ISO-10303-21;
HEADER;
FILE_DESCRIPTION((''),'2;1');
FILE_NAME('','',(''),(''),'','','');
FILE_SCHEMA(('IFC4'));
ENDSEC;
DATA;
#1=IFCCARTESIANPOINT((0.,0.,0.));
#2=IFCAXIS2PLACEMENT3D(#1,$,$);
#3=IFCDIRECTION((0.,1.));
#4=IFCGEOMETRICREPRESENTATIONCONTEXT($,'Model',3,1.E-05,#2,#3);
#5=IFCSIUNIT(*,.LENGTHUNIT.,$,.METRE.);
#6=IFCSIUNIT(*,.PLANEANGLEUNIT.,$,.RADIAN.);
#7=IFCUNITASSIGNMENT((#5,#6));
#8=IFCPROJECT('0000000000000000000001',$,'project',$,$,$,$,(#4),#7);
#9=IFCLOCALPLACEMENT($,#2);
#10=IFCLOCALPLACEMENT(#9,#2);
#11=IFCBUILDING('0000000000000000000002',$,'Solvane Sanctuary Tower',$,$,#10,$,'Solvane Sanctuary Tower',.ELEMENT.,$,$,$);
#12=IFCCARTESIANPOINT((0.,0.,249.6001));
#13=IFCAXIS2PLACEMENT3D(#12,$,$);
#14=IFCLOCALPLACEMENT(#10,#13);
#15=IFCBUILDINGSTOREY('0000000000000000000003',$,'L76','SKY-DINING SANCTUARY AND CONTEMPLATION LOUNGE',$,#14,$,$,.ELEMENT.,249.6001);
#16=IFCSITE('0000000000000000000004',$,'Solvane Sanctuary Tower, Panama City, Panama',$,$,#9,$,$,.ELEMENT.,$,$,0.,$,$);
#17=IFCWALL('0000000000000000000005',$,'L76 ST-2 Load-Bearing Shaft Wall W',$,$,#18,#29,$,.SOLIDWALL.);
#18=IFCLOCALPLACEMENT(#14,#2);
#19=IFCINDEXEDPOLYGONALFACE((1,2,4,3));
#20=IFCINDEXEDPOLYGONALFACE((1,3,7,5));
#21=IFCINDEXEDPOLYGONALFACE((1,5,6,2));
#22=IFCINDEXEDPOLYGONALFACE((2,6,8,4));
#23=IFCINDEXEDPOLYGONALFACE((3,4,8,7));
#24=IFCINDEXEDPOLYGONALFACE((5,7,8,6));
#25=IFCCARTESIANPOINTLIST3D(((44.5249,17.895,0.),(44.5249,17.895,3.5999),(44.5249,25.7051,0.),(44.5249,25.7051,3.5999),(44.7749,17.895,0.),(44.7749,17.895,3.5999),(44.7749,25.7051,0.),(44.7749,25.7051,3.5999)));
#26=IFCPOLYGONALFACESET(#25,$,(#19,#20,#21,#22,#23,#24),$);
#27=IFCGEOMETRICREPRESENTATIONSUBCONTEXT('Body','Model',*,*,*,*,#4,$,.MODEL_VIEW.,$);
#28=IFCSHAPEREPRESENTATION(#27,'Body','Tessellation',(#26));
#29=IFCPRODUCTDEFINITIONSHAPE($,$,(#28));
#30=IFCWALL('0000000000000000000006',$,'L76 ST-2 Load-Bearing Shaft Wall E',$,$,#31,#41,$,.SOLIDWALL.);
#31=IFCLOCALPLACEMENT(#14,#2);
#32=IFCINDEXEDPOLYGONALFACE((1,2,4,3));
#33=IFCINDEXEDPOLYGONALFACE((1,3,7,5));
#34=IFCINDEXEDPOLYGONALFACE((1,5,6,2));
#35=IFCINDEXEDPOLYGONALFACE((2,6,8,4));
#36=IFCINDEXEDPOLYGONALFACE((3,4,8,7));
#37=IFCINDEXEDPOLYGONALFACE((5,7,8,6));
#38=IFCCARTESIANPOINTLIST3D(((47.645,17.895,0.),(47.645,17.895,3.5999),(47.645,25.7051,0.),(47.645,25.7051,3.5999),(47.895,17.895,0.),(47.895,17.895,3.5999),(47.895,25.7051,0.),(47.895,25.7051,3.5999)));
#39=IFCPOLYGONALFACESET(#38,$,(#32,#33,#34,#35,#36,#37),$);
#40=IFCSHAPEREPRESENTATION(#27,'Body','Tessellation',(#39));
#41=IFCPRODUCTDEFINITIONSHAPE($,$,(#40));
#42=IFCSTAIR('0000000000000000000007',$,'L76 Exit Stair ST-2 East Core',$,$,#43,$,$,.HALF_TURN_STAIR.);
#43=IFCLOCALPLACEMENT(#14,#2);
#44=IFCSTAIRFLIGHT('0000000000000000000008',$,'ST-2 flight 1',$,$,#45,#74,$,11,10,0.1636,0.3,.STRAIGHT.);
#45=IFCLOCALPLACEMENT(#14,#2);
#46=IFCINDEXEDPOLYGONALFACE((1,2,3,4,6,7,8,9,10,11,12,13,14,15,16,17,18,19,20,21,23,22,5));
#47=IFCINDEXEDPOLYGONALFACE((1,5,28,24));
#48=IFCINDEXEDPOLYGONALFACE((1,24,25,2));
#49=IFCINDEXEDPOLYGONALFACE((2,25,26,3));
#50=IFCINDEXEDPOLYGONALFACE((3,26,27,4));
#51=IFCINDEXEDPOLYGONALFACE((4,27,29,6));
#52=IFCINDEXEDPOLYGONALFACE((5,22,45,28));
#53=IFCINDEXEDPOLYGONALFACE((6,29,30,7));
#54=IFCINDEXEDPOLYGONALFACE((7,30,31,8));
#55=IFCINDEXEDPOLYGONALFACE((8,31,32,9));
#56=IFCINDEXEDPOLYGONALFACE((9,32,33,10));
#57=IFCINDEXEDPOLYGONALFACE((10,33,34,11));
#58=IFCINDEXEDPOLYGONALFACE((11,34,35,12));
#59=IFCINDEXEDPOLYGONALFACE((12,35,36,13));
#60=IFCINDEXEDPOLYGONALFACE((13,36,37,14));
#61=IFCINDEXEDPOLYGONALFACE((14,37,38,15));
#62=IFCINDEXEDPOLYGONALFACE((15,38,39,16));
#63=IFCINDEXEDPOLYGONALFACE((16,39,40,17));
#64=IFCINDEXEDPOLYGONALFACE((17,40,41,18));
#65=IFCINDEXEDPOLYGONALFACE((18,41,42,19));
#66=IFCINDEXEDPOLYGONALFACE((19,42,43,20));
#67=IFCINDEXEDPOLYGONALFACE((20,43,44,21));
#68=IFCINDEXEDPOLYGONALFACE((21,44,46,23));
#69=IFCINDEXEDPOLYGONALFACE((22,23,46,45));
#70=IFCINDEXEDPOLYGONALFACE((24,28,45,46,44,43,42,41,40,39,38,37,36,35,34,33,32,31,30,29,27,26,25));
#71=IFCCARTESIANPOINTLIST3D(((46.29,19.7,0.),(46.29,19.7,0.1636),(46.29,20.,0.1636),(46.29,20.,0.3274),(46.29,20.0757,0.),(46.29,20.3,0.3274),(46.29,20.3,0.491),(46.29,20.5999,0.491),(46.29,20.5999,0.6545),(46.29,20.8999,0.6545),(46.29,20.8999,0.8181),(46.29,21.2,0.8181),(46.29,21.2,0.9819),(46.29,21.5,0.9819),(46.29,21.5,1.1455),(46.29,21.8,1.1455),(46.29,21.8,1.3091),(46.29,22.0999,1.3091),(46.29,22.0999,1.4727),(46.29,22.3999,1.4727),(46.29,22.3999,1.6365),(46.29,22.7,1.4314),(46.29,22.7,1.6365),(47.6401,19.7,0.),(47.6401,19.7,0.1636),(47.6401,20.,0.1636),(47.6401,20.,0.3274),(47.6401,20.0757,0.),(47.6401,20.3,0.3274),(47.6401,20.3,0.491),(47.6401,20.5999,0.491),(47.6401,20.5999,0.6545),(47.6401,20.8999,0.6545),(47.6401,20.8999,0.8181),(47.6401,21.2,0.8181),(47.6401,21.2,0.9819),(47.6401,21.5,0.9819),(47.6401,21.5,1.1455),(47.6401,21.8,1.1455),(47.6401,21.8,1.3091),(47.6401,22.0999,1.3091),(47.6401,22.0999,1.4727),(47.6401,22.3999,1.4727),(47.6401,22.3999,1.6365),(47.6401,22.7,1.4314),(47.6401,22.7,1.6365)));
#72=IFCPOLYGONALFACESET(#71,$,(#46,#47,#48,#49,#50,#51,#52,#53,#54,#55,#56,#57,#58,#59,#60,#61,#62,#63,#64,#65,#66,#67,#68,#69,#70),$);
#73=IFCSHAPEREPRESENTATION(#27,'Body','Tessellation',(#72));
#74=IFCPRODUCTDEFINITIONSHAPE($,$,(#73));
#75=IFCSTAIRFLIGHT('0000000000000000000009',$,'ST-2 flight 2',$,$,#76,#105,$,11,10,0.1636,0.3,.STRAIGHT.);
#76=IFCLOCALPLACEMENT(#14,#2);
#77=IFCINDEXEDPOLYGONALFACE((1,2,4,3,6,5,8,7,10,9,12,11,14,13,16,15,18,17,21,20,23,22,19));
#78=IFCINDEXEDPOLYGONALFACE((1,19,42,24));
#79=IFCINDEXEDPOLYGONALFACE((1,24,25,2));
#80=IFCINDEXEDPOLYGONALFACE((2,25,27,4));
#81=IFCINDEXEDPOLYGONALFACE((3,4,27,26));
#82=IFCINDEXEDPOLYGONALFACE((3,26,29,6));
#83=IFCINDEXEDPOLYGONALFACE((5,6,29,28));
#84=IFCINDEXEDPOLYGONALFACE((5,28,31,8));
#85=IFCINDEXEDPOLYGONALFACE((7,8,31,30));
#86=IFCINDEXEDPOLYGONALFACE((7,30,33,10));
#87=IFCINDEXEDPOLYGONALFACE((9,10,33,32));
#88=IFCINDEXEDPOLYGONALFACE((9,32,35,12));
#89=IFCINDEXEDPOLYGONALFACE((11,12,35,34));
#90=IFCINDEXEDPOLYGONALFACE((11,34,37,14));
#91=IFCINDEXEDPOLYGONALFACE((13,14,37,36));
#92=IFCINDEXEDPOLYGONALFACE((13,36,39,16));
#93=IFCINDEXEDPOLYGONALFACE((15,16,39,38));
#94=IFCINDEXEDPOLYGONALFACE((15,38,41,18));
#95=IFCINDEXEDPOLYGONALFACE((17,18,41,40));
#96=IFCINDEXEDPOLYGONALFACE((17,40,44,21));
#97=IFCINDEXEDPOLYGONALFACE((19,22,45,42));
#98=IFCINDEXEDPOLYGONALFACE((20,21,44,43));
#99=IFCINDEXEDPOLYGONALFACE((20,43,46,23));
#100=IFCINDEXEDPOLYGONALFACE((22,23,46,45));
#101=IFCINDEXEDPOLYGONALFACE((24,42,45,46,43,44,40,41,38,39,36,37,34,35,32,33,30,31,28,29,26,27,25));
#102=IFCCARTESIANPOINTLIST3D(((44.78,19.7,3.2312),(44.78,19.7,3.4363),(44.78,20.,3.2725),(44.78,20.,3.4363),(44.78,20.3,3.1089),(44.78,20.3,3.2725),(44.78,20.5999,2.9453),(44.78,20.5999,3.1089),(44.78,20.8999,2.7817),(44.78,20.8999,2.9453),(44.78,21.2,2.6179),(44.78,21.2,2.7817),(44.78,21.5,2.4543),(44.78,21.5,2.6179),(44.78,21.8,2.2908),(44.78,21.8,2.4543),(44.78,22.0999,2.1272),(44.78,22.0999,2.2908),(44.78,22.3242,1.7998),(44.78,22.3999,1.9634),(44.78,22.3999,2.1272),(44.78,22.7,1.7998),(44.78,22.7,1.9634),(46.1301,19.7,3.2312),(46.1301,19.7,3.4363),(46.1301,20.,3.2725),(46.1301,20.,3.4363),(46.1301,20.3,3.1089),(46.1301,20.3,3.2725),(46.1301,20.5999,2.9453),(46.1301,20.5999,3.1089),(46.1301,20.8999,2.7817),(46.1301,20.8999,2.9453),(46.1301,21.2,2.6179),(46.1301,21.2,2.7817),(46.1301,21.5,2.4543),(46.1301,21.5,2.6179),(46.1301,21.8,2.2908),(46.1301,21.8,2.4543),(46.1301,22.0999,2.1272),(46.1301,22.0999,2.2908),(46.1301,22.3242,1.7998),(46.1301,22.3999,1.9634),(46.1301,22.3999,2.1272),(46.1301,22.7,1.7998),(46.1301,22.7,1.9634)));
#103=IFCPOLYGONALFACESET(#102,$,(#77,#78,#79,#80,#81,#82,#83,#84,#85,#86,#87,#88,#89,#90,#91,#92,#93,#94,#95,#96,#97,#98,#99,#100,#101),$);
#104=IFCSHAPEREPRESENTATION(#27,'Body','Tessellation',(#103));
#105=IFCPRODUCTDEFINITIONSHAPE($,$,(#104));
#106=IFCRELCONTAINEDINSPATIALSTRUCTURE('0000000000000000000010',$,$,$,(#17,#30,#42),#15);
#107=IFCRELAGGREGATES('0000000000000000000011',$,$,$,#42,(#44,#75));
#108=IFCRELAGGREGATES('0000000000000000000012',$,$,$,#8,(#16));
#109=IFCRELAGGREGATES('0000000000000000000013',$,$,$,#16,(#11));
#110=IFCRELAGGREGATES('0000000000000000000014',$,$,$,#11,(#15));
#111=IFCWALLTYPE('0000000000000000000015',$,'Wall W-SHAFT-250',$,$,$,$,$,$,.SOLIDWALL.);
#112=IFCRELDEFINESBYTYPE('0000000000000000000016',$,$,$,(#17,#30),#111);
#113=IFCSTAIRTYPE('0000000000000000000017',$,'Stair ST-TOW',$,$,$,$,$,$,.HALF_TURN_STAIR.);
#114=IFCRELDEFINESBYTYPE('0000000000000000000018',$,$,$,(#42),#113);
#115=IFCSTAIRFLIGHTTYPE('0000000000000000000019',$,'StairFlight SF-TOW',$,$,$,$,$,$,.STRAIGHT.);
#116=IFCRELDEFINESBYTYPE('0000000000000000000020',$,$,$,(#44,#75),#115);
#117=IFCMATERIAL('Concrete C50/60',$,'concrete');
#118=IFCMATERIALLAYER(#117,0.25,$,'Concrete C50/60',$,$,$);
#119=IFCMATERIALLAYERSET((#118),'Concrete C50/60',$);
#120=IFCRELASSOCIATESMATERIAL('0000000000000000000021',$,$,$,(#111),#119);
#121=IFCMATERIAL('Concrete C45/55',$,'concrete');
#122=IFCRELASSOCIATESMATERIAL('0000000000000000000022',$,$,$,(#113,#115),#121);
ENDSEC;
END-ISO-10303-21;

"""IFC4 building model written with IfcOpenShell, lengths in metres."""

from ifc_helpers import new_model, si_unit, direction, frame, frame_2d, origin, place, context, subcontext, project, spatial, polyline, rectangle, outline, extrude, material, layer, layer_set, type_object, element, aggregate, save


model = new_model("IFC4")

# Units and contexts
model_context = context("Model", 3, precision=1e-05, world=origin(), true_north=direction((0.0, 1.0)))
body_context = subcontext(model_context, "Body", "Model", "MODEL_VIEW")
ifc_project = project(units=[si_unit("LENGTHUNIT", "METRE"), si_unit("PLANEANGLEUNIT", "RADIAN")], contexts=[model_context])

# Site, building, storey
site_placement = place(None, origin())
site = spatial("IfcSite", under=ifc_project, at=site_placement, Name="Solvane Sanctuary Tower, Panama City, Panama", CompositionType="ELEMENT", RefElevation=0.0)
building_placement = place(site_placement, origin())
building = spatial("IfcBuilding", under=site, at=building_placement, Name="Solvane Sanctuary Tower", LongName="Solvane Sanctuary Tower", CompositionType="ELEMENT")
storey_placement = place(building_placement, frame((0.0, 0.0, 249.6001)))
storey = spatial("IfcBuildingStorey", under=building, at=storey_placement, Name="L76", Description="SKY-DINING SANCTUARY AND CONTEMPLATION LOUNGE", CompositionType="ELEMENT", Elevation=249.6001)

# Shared definitions
ifc_material_1 = material(Name="Concrete C50/60", Category="concrete")

# Shared definitions
ifc_layer_1 = layer(ifc_material_1, 0.25, Name="Concrete C50/60")
ifc_layer_set_1 = layer_set([ifc_layer_1], Name="Concrete C50/60")
wall_type_1 = type_object("IfcWallType", Name="Wall W-SHAFT-250", PredefinedType="SOLIDWALL", material=ifc_layer_set_1)

# Walls
for number, where, z_axis, x_axis, name in (
    (1, (44.6499, 17.895, 0.0), (0.0, 0.0, 1.0), (0.0, 1.0, 0.0), "L76 ST-2 Load-Bearing Shaft Wall W"),
    (2, (47.77, 17.895, 0.0), (0.0, 0.0, 1.0), (0.0, 1.0, 0.0), "L76 ST-2 Load-Bearing Shaft Wall E"),
):
    element("IfcWall", number, at=place(storey_placement, frame(where, z_axis=z_axis, x_axis=x_axis)), inside=storey, type_object=wall_type_1, Name=name, PredefinedType="SOLIDWALL", context=body_context, shape_type="SweptSolid", body=[
        extrude(rectangle(XDim=7.8101, YDim=0.25, at=frame_2d((3.905, 0.0))), origin(), (0.0, 0.0, 1.0), 3.5999),
    ])

# Stair, stair flights
ifc_material_2 = material(Name="Concrete C45/55", Category="concrete")
stair_type = type_object("IfcStairType", Name="Stair ST-TOW", PredefinedType="HALF_TURN_STAIR", material=ifc_material_2)
stair_placement = place(storey_placement, origin())
stair = element("IfcStair", 3, at=stair_placement, inside=storey, type_object=stair_type, Name="L76 Exit Stair ST-2 East Core", PredefinedType="HALF_TURN_STAIR")
stair_flight_type = type_object("IfcStairFlightType", Name="StairFlight SF-TOW", PredefinedType="STRAIGHT", material=ifc_material_2)
stair_flight_1_placement = place(storey_placement, frame((46.9651, 19.7, 0.0), z_axis=(0.0, 0.0, 1.0), x_axis=(0.0, 1.0, 0.0)))
stair_flight_1 = element("IfcStairFlight", 4, at=stair_flight_1_placement, type_object=stair_flight_type, Name="ST-2 flight 1", NumberOfRisers=11, NumberOfTreads=10, PredefinedType="STRAIGHT", RiserHeight=0.1636, TreadLength=0.3, context=body_context, shape_type="SweptSolid", body=[
    extrude(outline(polyline([(0.0, 0.0), (0.0, 0.1636), (0.3, 0.1636), (0.3, 0.3274), (0.6001, 0.3274), (0.6001, 0.491), (0.8999, 0.491), (0.8999, 0.6545), (1.2, 0.6545), (1.2, 0.8181), (1.5, 0.8181), (1.5, 0.9819), (1.8, 0.9819), (1.8, 1.1455), (2.1001, 1.1455), (2.1001, 1.3091), (2.3999, 1.3091), (2.3999, 1.4727), (2.7, 1.4727), (2.7, 1.6365), (3.0, 1.6365), (3.0, 1.8), (3.0, 1.4314), (0.3757, 0.0), (0.0, 0.0)])), frame((0.0, 0.675, 0.0), z_axis=(0.0, -1.0, 0.0), x_axis=(1.0, 0.0, 0.0)), (0.0, 0.0, 1.0), 1.3501),
])
stair_flight_2_placement = place(storey_placement, frame((45.4551, 22.7, 1.7998), z_axis=(0.0, 0.0, 1.0), x_axis=(0.0, -1.0, 0.0)))
stair_flight_2 = element("IfcStairFlight", 5, at=stair_flight_2_placement, type_object=stair_flight_type, Name="ST-2 flight 2", NumberOfRisers=11, NumberOfTreads=10, PredefinedType="STRAIGHT", RiserHeight=0.1636, TreadLength=0.3, context=body_context, shape_type="SweptSolid", body=[
    extrude(outline(polyline([(0.0, 0.0), (0.0, 0.1636), (0.3, 0.1636), (0.3, 0.3274), (0.6001, 0.3274), (0.6001, 0.491), (0.8999, 0.491), (0.8999, 0.6545), (1.2, 0.6545), (1.2, 0.8181), (1.5, 0.8181), (1.5, 0.9819), (1.8, 0.9819), (1.8, 1.1455), (2.1001, 1.1455), (2.1001, 1.3091), (2.3999, 1.3091), (2.3999, 1.4727), (2.7, 1.4727), (2.7, 1.6365), (3.0, 1.6365), (3.0, 1.8), (3.0, 1.4314), (0.3757, 0.0), (0.0, 0.0)])), frame((0.0, 0.675, 0.0), z_axis=(0.0, -1.0, 0.0), x_axis=(1.0, 0.0, 0.0)), (0.0, 0.0, 1.0), 1.3501),
])
aggregate(stair, [stair_flight_1, stair_flight_2])

save(model, "model.ifc")
